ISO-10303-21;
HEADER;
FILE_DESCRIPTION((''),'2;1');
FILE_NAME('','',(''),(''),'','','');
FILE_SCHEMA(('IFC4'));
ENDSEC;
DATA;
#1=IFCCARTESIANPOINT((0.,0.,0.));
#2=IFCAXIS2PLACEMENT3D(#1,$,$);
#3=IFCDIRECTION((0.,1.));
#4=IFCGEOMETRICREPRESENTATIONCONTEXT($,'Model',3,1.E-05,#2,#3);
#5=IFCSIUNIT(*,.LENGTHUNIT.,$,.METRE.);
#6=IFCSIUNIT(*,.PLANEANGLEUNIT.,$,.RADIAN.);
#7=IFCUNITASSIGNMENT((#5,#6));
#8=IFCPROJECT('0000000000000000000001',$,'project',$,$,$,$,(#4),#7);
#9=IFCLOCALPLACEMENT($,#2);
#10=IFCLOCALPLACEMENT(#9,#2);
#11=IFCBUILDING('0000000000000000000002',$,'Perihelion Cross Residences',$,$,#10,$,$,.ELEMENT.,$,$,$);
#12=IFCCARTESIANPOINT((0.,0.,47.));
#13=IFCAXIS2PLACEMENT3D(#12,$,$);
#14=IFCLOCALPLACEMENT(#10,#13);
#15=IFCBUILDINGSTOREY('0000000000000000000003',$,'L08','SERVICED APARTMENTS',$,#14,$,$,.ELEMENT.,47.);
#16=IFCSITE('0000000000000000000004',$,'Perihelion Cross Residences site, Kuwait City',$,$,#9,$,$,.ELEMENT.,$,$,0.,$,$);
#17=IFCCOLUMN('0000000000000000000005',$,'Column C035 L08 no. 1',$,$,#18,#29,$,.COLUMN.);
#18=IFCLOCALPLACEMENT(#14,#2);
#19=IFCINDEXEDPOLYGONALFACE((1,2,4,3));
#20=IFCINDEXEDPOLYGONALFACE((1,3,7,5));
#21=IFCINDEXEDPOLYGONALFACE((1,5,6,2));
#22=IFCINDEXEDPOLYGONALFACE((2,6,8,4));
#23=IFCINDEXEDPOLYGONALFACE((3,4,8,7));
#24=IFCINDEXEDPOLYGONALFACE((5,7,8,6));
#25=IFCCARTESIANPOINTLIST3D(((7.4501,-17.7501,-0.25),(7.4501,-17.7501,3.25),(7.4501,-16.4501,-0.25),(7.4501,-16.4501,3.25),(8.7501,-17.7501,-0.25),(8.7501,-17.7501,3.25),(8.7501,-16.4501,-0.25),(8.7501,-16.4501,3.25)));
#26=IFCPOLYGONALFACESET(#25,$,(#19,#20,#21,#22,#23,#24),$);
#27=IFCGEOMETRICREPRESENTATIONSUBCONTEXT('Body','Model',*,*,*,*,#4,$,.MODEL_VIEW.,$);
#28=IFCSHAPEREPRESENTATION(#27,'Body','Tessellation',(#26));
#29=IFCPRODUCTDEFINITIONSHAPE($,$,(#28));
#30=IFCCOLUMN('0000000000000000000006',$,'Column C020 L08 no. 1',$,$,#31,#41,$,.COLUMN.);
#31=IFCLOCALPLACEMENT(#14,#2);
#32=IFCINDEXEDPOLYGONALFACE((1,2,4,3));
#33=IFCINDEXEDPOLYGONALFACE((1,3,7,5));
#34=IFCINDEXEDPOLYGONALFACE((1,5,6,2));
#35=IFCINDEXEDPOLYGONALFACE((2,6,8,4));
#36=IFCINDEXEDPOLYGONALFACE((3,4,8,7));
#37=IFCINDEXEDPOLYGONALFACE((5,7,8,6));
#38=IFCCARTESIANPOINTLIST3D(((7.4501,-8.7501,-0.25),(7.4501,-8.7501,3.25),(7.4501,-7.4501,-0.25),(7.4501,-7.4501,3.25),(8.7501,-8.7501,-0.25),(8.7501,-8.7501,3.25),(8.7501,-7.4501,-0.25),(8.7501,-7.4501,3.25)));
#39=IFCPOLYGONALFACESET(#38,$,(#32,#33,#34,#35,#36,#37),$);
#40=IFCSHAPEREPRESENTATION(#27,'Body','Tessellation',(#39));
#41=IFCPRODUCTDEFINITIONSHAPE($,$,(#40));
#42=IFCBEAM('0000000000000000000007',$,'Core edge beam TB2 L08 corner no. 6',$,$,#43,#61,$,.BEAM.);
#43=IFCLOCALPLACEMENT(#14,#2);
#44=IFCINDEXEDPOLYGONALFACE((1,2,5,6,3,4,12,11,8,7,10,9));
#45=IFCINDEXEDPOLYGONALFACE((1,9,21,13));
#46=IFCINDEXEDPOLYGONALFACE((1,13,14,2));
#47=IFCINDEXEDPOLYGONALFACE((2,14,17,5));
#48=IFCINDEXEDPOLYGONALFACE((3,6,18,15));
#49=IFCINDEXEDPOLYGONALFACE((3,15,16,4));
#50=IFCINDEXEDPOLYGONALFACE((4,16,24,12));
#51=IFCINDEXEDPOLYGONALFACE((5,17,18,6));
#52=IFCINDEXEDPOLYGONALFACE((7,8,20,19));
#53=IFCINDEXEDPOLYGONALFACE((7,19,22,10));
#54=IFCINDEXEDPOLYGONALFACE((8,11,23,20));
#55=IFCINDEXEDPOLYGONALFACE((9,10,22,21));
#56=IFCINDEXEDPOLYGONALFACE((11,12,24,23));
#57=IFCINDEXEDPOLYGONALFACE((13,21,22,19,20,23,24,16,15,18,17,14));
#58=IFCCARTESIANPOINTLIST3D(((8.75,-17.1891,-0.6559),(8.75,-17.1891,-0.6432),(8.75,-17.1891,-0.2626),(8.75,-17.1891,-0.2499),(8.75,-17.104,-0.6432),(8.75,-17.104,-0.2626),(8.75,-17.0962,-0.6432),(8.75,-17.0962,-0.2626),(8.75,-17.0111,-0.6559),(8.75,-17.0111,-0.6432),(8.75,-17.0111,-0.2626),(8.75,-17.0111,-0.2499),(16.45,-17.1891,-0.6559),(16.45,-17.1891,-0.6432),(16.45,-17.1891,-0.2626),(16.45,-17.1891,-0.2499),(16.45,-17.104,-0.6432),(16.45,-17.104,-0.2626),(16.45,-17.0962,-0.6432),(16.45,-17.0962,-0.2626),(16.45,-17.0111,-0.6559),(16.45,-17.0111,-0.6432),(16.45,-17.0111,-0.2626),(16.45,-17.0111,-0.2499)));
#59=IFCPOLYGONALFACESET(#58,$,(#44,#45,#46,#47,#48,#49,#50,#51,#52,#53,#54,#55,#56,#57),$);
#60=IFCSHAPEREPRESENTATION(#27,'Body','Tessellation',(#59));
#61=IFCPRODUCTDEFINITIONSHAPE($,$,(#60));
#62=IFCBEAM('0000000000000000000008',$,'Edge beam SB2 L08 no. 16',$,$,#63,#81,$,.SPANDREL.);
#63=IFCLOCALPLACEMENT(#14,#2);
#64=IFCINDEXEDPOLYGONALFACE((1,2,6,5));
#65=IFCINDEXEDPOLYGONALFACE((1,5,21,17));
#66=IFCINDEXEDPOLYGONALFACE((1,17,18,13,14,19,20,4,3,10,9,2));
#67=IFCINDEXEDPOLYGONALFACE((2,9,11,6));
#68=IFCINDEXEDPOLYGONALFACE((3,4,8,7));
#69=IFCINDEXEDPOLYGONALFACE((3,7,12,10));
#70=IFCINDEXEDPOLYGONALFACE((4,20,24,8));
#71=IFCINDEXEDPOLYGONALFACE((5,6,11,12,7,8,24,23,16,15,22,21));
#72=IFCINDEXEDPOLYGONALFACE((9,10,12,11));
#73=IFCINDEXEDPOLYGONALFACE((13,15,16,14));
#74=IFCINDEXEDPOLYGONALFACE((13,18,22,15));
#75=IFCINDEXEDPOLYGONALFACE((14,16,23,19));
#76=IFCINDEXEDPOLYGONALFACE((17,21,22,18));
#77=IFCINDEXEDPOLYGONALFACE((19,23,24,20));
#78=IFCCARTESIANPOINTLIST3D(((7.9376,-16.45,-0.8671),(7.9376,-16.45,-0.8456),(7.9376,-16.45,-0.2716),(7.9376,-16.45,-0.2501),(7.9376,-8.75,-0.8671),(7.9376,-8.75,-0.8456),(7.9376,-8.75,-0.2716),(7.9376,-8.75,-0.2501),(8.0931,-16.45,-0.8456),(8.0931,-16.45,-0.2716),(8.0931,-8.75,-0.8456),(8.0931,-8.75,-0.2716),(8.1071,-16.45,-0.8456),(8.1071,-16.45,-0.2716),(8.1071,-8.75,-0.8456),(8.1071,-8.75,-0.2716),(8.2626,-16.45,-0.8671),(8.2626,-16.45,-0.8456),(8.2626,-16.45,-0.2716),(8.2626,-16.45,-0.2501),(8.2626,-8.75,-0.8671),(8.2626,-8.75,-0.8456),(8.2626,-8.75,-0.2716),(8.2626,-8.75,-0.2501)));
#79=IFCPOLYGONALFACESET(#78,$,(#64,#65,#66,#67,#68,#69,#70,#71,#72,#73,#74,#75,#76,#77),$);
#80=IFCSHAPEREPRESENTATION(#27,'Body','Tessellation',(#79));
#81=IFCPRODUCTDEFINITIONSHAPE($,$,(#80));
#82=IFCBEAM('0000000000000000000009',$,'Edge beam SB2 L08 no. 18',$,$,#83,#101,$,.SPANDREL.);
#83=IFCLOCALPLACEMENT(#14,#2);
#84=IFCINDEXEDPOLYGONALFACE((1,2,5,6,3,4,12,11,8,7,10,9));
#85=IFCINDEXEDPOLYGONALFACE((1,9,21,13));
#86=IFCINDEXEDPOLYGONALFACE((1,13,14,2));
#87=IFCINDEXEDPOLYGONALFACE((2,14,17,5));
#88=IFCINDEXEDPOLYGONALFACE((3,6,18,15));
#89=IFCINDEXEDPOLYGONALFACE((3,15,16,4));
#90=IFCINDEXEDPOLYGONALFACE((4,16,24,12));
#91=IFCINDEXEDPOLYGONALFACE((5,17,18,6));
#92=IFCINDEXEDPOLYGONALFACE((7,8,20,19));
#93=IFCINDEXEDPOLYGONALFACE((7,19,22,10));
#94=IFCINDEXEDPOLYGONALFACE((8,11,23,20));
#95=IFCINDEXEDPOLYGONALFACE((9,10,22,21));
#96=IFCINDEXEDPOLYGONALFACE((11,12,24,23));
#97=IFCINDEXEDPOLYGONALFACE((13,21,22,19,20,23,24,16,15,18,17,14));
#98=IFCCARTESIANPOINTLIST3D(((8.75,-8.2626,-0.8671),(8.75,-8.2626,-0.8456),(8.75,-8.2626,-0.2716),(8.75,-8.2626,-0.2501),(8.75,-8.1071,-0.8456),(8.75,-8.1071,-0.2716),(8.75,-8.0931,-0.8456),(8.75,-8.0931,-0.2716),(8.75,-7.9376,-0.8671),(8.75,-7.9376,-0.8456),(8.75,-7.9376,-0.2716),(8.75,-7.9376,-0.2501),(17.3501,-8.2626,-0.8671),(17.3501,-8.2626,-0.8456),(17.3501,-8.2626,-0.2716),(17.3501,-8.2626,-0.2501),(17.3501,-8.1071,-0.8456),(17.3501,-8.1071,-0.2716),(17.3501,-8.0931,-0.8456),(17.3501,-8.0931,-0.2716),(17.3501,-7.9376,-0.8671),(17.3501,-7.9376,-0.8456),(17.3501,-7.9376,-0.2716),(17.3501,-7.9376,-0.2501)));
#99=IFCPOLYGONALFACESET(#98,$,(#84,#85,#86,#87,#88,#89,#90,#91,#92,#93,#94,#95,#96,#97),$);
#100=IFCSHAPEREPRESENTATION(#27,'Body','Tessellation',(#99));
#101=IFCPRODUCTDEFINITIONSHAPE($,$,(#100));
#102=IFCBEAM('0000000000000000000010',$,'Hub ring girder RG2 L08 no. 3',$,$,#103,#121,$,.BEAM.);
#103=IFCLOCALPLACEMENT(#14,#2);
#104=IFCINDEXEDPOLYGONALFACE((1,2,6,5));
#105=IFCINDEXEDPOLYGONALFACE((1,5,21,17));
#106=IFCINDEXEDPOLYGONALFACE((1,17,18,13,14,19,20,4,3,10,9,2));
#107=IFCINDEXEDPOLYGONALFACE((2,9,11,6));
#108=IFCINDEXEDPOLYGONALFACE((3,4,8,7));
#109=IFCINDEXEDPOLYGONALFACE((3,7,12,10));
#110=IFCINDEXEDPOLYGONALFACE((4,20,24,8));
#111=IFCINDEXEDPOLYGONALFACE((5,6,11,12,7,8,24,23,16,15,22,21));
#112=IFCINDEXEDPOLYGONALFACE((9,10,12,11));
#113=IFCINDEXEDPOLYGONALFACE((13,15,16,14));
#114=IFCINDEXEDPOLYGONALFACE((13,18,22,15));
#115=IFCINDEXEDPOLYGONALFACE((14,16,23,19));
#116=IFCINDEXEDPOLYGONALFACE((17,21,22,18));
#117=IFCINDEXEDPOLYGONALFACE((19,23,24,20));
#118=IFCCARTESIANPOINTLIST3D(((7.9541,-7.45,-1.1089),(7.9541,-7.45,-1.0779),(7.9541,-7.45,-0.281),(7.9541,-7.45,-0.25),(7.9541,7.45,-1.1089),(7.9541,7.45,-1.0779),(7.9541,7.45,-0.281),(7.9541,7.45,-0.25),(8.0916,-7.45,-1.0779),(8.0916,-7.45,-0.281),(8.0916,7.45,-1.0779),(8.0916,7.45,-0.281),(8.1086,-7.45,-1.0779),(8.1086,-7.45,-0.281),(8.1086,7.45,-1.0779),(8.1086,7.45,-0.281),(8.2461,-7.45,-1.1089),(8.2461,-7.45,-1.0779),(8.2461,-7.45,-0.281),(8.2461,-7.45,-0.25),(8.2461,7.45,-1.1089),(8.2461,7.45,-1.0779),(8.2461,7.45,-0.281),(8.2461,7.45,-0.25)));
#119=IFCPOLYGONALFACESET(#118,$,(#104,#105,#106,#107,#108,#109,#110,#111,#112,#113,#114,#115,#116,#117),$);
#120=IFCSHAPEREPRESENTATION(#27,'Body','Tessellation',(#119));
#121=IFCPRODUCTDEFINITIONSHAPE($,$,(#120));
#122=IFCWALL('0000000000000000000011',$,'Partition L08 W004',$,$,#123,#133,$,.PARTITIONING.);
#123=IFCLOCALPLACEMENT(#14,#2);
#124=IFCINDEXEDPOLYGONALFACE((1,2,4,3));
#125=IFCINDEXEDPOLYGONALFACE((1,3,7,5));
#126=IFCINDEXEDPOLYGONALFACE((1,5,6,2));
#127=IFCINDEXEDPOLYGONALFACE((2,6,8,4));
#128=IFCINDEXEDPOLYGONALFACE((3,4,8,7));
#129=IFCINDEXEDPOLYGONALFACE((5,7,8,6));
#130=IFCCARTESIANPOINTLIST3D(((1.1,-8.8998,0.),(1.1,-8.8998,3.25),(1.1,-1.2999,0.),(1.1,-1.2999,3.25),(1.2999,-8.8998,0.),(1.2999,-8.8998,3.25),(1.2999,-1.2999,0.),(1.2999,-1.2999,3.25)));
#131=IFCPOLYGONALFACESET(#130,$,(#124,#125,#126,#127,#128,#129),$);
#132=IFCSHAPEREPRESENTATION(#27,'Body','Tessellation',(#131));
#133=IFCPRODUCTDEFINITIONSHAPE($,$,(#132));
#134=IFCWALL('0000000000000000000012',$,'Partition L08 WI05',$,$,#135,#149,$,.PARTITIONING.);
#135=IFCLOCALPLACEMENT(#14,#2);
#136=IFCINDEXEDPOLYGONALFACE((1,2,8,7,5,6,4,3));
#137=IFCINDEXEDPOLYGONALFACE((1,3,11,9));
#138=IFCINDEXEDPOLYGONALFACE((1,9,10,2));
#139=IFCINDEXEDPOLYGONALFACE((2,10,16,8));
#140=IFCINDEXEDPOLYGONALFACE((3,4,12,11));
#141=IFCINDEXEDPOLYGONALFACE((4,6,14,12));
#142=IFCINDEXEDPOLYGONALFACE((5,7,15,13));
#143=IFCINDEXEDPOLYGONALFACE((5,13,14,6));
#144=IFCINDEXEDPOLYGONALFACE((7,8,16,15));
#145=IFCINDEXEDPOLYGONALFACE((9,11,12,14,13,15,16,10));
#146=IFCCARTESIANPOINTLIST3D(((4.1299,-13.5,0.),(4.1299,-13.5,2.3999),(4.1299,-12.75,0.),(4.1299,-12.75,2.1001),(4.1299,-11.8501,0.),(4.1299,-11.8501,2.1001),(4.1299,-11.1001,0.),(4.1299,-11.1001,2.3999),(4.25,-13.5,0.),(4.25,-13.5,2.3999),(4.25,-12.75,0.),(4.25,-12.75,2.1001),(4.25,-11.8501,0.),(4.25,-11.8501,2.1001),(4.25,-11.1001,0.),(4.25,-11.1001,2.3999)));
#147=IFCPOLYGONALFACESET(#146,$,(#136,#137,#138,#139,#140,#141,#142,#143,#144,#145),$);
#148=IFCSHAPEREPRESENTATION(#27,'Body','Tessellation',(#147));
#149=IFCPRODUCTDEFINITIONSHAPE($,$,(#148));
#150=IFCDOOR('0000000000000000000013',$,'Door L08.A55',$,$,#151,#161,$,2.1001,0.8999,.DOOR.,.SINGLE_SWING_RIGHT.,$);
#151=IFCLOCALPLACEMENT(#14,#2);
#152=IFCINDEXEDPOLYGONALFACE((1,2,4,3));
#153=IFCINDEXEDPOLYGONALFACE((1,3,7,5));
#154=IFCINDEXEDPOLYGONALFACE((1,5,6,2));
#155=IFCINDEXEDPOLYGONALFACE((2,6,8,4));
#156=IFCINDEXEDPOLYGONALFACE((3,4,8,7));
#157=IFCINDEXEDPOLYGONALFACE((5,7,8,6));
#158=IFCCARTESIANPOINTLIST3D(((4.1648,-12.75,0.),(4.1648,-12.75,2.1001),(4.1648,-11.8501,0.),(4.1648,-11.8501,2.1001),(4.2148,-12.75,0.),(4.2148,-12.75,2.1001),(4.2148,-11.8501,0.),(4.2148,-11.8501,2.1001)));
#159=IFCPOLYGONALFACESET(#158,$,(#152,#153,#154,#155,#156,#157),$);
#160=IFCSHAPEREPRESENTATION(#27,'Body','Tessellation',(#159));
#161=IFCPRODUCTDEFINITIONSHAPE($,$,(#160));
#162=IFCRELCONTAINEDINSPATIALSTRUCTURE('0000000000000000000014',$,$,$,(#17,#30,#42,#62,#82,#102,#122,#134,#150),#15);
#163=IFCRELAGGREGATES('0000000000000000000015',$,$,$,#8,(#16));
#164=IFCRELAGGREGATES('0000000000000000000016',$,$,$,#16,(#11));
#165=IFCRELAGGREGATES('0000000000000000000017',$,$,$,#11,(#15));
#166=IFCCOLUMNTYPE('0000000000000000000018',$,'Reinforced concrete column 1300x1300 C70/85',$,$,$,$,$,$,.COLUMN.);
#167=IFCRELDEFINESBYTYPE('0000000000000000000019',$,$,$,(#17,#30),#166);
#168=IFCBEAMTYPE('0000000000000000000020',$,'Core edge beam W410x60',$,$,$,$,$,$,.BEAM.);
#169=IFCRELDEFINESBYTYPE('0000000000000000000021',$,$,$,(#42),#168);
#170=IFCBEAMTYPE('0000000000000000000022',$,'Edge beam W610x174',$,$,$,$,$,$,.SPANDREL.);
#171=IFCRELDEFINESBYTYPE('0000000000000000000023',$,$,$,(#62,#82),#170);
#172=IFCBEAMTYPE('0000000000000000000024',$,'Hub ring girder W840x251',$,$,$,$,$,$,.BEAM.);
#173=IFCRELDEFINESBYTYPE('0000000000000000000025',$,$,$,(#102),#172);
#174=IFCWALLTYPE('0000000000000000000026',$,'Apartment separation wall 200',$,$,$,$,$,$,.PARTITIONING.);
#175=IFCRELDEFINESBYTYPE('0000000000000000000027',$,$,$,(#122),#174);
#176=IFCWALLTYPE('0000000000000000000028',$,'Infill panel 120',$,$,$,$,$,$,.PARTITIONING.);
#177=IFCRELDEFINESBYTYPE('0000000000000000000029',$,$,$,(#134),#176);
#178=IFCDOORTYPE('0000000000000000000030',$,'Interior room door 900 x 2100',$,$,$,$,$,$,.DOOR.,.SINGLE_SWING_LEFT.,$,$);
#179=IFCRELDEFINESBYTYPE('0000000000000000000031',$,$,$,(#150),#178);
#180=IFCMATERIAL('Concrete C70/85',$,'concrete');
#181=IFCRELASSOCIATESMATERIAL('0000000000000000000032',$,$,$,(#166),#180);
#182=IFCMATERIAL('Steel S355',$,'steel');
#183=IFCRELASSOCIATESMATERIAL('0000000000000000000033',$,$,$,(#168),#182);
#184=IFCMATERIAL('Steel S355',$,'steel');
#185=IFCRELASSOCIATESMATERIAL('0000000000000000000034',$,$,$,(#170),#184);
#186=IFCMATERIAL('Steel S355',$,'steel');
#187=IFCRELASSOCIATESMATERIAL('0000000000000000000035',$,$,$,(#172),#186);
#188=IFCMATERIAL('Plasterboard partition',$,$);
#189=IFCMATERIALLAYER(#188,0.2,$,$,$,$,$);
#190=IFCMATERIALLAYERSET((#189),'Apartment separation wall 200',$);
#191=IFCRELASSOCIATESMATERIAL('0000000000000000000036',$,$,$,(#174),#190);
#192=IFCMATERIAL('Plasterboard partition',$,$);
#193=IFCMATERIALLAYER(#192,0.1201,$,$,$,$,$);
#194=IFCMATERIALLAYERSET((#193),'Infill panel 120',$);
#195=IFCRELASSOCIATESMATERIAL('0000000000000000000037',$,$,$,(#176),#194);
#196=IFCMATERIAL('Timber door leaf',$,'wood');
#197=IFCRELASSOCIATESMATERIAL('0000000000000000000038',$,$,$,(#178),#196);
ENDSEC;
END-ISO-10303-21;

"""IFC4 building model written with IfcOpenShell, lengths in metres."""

from ifc_helpers import new_model, si_unit, direction, frame, frame_2d, origin, origin_2d, place, context, subcontext, project, spatial, rectangle, i_section, extrude, material, layer, layer_set, material_profile, profile_set, type_object, element, fill, save


model = new_model("IFC4")

# Units and contexts
model_context = context("Model", 3, precision=1e-05, world=origin(), true_north=direction((0.0, 1.0)))
body_context = subcontext(model_context, "Body", "Model", "MODEL_VIEW")
ifc_project = project(units=[si_unit("LENGTHUNIT", "METRE"), si_unit("PLANEANGLEUNIT", "RADIAN")], contexts=[model_context])

# Site, building, storey
site_placement = place(None, origin())
site = spatial("IfcSite", under=ifc_project, at=site_placement, Name="Perihelion Cross Residences site, Kuwait City", CompositionType="ELEMENT", RefElevation=0.0)
building_placement = place(site_placement, origin())
building = spatial("IfcBuilding", under=site, at=building_placement, Name="Perihelion Cross Residences", CompositionType="ELEMENT")
storey_placement = place(building_placement, frame((0.0, 0.0, 47.0)))
storey = spatial("IfcBuildingStorey", under=building, at=storey_placement, Name="L08", Description="SERVICED APARTMENTS", CompositionType="ELEMENT", Elevation=47.0)

# Columns
ifc_material_1 = material(Name="Concrete C70/85", Category="concrete")
ifc_material_profile_1 = material_profile(ifc_material_1, rectangle(XDim=1.3, YDim=1.3, at=origin_2d()), Name="RC 1300x1300")
ifc_profile_set_1 = profile_set([ifc_material_profile_1], Name="Concrete C70/85")
column_type = type_object("IfcColumnType", Name="Reinforced concrete column 1300x1300 C70/85", PredefinedType="COLUMN", material=ifc_profile_set_1)
for number, where, z_axis, x_axis, name in (
    (1, (8.1001, -17.1001, -0.25), (0.0, 0.0, 1.0), (1.0, 0.0, 0.0), "Column C035 L08 no. 1"),
    (2, (8.1001, -8.1001, -0.25), (0.0, 0.0, 1.0), (1.0, 0.0, 0.0), "Column C020 L08 no. 1"),
):
    element("IfcColumn", number, at=place(storey_placement, frame(where, z_axis=z_axis, x_axis=x_axis)), inside=storey, type_object=column_type, Name=name, PredefinedType="COLUMN", context=body_context, shape_type="SweptSolid", body=[
        extrude(rectangle(XDim=1.3, YDim=1.3, at=origin_2d()), origin(), (0.0, 0.0, 1.0), 3.5),
    ])

# Beams
ifc_material_2 = material(Name="Steel S355", Category="steel")
ifc_material_profile_2 = material_profile(ifc_material_2, i_section(OverallWidth=0.178, OverallDepth=0.406, WebThickness=0.0078, FlangeThickness=0.0127, at=origin_2d()), Name="W410x60")
ifc_profile_set_2 = profile_set([ifc_material_profile_2], Name="Steel S355")
beam_type_1 = type_object("IfcBeamType", Name="Core edge beam W410x60", PredefinedType="BEAM", material=ifc_profile_set_2)
beam_1_placement = place(storey_placement, frame((8.75, -17.1001, -0.4529), z_axis=(1.0, 0.0, 0.0), x_axis=(0.0, 1.0, 0.0)))
element("IfcBeam", 3, at=beam_1_placement, inside=storey, type_object=beam_type_1, Name="Core edge beam TB2 L08 corner no. 6", PredefinedType="BEAM", context=body_context, shape_type="SweptSolid", body=[
    extrude(i_section(OverallWidth=0.178, OverallDepth=0.406, WebThickness=0.0078, FlangeThickness=0.0127, at=origin_2d()), origin(), (0.0, 0.0, 1.0), 7.7),
])
ifc_material_3 = material(Name="Steel S355", Category="steel")
ifc_material_profile_3 = material_profile(ifc_material_3, i_section(OverallWidth=0.325, OverallDepth=0.6169, WebThickness=0.0139, FlangeThickness=0.0215, at=origin_2d()), Name="W610x174")
ifc_profile_set_3 = profile_set([ifc_material_profile_3], Name="Steel S355")
beam_type_2 = type_object("IfcBeamType", Name="Edge beam W610x174", PredefinedType="SPANDREL", material=ifc_profile_set_3)
beam_2_placement = place(storey_placement, frame((8.1001, -16.45, -0.5586), z_axis=(0.0, 1.0, 0.0), x_axis=(-1.0, 0.0, 0.0)))
element("IfcBeam", 4, at=beam_2_placement, inside=storey, type_object=beam_type_2, Name="Edge beam SB2 L08 no. 16", PredefinedType="SPANDREL", context=body_context, shape_type="SweptSolid", body=[
    extrude(i_section(OverallWidth=0.325, OverallDepth=0.6169, WebThickness=0.0139, FlangeThickness=0.0215, at=origin_2d()), origin(), (0.0, 0.0, 1.0), 7.7),
])
beam_3_placement = place(storey_placement, frame((8.75, -8.1001, -0.5586), z_axis=(1.0, 0.0, 0.0), x_axis=(0.0, 1.0, 0.0)))
element("IfcBeam", 5, at=beam_3_placement, inside=storey, type_object=beam_type_2, Name="Edge beam SB2 L08 no. 18", PredefinedType="SPANDREL", context=body_context, shape_type="SweptSolid", body=[
    extrude(i_section(OverallWidth=0.325, OverallDepth=0.6169, WebThickness=0.0139, FlangeThickness=0.0215, at=origin_2d()), origin(), (0.0, 0.0, 1.0), 8.6001),
])
ifc_material_4 = material(Name="Steel S355", Category="steel")
ifc_material_profile_4 = material_profile(ifc_material_4, i_section(OverallWidth=0.292, OverallDepth=0.8589, WebThickness=0.0171, FlangeThickness=0.031, at=origin_2d()), Name="W840x251")
ifc_profile_set_4 = profile_set([ifc_material_profile_4], Name="Steel S355")
beam_type_3 = type_object("IfcBeamType", Name="Hub ring girder W840x251", PredefinedType="BEAM", material=ifc_profile_set_4)
beam_4_placement = place(storey_placement, frame((8.1001, -7.45, -0.6794), z_axis=(0.0, 1.0, 0.0), x_axis=(-1.0, 0.0, 0.0)))
element("IfcBeam", 6, at=beam_4_placement, inside=storey, type_object=beam_type_3, Name="Hub ring girder RG2 L08 no. 3", PredefinedType="BEAM", context=body_context, shape_type="SweptSolid", body=[
    extrude(i_section(OverallWidth=0.292, OverallDepth=0.8589, WebThickness=0.0171, FlangeThickness=0.031, at=origin_2d()), origin(), (0.0, 0.0, 1.0), 14.8999),
])

# Wall
ifc_material_5 = material(Name="Plasterboard partition")
ifc_layer_1 = layer(ifc_material_5, 0.2)
ifc_layer_set_1 = layer_set([ifc_layer_1], Name="Apartment separation wall 200")
wall_type_1 = type_object("IfcWallType", Name="Apartment separation wall 200", PredefinedType="PARTITIONING", material=ifc_layer_set_1)
wall_1_placement = place(storey_placement, frame((1.2, -1.3, 0.0), z_axis=(0.0, 0.0, 1.0), x_axis=(0.0, -1.0, 0.0)))
element("IfcWall", 7, at=wall_1_placement, inside=storey, type_object=wall_type_1, Name="Partition L08 W004", PredefinedType="PARTITIONING", context=body_context, shape_type="SweptSolid", body=[
    extrude(rectangle(XDim=7.5999, YDim=0.2, at=frame_2d((3.7998, 0.0))), origin(), (0.0, 0.0, 1.0), 3.25),
])

# Wall, opening, door
ifc_material_6 = material(Name="Plasterboard partition")
ifc_layer_2 = layer(ifc_material_6, 0.1201)
ifc_layer_set_2 = layer_set([ifc_layer_2], Name="Infill panel 120")
wall_type_2 = type_object("IfcWallType", Name="Infill panel 120", PredefinedType="PARTITIONING", material=ifc_layer_set_2)
wall_2_placement = place(storey_placement, frame((4.1899, -11.1001, 0.0), z_axis=(0.0, 0.0, 1.0), x_axis=(0.0, -1.0, 0.0)))
wall_2 = element("IfcWall", 8, at=wall_2_placement, inside=storey, type_object=wall_type_2, Name="Partition L08 WI05", PredefinedType="PARTITIONING", context=body_context, shape_type="SweptSolid", body=[
    extrude(rectangle(XDim=2.3999, YDim=0.1201, at=frame_2d((1.2, 0.0))), origin(), (0.0, 0.0, 1.0), 2.3999),
])
opening_1_placement = place(wall_2_placement, frame((0.75, 0.0, 0.0)))
opening_1 = element("IfcOpeningElement", 9, at=opening_1_placement, cuts=wall_2, PredefinedType="OPENING", context=body_context, shape_type="SweptSolid", body=[
    extrude(rectangle(XDim=0.8999, YDim=2.1001, at=frame_2d((0.45, 1.05))), frame((0.0, 0.0701, 0.0), z_axis=(0.0, -1.0, 0.0), x_axis=(1.0, 0.0, 0.0)), (0.0, 0.0, 1.0), 0.1401),
])
ifc_material_7 = material(Name="Timber door leaf", Category="wood")
door_type_1 = type_object("IfcDoorType", Name="Interior room door 900 x 2100", OperationType="SINGLE_SWING_LEFT", PredefinedType="DOOR", material=ifc_material_7)
door_1_placement = place(opening_1_placement, origin())
door_1 = element("IfcDoor", 10, at=door_1_placement, inside=storey, type_object=door_type_1, Name="Door L08.A55", OperationType="SINGLE_SWING_RIGHT", OverallHeight=2.1001, OverallWidth=0.8999, PredefinedType="DOOR", context=body_context, shape_type="SweptSolid", body=[
    extrude(rectangle(XDim=0.8999, YDim=2.1001, at=frame_2d((0.45, 1.05))), frame((0.0, 0.0249, 0.0), z_axis=(0.0, -1.0, 0.0), x_axis=(1.0, 0.0, 0.0)), (0.0, 0.0, 1.0), 0.05),
])
fill(opening_1, door_1)

save(model, "model.ifc")
